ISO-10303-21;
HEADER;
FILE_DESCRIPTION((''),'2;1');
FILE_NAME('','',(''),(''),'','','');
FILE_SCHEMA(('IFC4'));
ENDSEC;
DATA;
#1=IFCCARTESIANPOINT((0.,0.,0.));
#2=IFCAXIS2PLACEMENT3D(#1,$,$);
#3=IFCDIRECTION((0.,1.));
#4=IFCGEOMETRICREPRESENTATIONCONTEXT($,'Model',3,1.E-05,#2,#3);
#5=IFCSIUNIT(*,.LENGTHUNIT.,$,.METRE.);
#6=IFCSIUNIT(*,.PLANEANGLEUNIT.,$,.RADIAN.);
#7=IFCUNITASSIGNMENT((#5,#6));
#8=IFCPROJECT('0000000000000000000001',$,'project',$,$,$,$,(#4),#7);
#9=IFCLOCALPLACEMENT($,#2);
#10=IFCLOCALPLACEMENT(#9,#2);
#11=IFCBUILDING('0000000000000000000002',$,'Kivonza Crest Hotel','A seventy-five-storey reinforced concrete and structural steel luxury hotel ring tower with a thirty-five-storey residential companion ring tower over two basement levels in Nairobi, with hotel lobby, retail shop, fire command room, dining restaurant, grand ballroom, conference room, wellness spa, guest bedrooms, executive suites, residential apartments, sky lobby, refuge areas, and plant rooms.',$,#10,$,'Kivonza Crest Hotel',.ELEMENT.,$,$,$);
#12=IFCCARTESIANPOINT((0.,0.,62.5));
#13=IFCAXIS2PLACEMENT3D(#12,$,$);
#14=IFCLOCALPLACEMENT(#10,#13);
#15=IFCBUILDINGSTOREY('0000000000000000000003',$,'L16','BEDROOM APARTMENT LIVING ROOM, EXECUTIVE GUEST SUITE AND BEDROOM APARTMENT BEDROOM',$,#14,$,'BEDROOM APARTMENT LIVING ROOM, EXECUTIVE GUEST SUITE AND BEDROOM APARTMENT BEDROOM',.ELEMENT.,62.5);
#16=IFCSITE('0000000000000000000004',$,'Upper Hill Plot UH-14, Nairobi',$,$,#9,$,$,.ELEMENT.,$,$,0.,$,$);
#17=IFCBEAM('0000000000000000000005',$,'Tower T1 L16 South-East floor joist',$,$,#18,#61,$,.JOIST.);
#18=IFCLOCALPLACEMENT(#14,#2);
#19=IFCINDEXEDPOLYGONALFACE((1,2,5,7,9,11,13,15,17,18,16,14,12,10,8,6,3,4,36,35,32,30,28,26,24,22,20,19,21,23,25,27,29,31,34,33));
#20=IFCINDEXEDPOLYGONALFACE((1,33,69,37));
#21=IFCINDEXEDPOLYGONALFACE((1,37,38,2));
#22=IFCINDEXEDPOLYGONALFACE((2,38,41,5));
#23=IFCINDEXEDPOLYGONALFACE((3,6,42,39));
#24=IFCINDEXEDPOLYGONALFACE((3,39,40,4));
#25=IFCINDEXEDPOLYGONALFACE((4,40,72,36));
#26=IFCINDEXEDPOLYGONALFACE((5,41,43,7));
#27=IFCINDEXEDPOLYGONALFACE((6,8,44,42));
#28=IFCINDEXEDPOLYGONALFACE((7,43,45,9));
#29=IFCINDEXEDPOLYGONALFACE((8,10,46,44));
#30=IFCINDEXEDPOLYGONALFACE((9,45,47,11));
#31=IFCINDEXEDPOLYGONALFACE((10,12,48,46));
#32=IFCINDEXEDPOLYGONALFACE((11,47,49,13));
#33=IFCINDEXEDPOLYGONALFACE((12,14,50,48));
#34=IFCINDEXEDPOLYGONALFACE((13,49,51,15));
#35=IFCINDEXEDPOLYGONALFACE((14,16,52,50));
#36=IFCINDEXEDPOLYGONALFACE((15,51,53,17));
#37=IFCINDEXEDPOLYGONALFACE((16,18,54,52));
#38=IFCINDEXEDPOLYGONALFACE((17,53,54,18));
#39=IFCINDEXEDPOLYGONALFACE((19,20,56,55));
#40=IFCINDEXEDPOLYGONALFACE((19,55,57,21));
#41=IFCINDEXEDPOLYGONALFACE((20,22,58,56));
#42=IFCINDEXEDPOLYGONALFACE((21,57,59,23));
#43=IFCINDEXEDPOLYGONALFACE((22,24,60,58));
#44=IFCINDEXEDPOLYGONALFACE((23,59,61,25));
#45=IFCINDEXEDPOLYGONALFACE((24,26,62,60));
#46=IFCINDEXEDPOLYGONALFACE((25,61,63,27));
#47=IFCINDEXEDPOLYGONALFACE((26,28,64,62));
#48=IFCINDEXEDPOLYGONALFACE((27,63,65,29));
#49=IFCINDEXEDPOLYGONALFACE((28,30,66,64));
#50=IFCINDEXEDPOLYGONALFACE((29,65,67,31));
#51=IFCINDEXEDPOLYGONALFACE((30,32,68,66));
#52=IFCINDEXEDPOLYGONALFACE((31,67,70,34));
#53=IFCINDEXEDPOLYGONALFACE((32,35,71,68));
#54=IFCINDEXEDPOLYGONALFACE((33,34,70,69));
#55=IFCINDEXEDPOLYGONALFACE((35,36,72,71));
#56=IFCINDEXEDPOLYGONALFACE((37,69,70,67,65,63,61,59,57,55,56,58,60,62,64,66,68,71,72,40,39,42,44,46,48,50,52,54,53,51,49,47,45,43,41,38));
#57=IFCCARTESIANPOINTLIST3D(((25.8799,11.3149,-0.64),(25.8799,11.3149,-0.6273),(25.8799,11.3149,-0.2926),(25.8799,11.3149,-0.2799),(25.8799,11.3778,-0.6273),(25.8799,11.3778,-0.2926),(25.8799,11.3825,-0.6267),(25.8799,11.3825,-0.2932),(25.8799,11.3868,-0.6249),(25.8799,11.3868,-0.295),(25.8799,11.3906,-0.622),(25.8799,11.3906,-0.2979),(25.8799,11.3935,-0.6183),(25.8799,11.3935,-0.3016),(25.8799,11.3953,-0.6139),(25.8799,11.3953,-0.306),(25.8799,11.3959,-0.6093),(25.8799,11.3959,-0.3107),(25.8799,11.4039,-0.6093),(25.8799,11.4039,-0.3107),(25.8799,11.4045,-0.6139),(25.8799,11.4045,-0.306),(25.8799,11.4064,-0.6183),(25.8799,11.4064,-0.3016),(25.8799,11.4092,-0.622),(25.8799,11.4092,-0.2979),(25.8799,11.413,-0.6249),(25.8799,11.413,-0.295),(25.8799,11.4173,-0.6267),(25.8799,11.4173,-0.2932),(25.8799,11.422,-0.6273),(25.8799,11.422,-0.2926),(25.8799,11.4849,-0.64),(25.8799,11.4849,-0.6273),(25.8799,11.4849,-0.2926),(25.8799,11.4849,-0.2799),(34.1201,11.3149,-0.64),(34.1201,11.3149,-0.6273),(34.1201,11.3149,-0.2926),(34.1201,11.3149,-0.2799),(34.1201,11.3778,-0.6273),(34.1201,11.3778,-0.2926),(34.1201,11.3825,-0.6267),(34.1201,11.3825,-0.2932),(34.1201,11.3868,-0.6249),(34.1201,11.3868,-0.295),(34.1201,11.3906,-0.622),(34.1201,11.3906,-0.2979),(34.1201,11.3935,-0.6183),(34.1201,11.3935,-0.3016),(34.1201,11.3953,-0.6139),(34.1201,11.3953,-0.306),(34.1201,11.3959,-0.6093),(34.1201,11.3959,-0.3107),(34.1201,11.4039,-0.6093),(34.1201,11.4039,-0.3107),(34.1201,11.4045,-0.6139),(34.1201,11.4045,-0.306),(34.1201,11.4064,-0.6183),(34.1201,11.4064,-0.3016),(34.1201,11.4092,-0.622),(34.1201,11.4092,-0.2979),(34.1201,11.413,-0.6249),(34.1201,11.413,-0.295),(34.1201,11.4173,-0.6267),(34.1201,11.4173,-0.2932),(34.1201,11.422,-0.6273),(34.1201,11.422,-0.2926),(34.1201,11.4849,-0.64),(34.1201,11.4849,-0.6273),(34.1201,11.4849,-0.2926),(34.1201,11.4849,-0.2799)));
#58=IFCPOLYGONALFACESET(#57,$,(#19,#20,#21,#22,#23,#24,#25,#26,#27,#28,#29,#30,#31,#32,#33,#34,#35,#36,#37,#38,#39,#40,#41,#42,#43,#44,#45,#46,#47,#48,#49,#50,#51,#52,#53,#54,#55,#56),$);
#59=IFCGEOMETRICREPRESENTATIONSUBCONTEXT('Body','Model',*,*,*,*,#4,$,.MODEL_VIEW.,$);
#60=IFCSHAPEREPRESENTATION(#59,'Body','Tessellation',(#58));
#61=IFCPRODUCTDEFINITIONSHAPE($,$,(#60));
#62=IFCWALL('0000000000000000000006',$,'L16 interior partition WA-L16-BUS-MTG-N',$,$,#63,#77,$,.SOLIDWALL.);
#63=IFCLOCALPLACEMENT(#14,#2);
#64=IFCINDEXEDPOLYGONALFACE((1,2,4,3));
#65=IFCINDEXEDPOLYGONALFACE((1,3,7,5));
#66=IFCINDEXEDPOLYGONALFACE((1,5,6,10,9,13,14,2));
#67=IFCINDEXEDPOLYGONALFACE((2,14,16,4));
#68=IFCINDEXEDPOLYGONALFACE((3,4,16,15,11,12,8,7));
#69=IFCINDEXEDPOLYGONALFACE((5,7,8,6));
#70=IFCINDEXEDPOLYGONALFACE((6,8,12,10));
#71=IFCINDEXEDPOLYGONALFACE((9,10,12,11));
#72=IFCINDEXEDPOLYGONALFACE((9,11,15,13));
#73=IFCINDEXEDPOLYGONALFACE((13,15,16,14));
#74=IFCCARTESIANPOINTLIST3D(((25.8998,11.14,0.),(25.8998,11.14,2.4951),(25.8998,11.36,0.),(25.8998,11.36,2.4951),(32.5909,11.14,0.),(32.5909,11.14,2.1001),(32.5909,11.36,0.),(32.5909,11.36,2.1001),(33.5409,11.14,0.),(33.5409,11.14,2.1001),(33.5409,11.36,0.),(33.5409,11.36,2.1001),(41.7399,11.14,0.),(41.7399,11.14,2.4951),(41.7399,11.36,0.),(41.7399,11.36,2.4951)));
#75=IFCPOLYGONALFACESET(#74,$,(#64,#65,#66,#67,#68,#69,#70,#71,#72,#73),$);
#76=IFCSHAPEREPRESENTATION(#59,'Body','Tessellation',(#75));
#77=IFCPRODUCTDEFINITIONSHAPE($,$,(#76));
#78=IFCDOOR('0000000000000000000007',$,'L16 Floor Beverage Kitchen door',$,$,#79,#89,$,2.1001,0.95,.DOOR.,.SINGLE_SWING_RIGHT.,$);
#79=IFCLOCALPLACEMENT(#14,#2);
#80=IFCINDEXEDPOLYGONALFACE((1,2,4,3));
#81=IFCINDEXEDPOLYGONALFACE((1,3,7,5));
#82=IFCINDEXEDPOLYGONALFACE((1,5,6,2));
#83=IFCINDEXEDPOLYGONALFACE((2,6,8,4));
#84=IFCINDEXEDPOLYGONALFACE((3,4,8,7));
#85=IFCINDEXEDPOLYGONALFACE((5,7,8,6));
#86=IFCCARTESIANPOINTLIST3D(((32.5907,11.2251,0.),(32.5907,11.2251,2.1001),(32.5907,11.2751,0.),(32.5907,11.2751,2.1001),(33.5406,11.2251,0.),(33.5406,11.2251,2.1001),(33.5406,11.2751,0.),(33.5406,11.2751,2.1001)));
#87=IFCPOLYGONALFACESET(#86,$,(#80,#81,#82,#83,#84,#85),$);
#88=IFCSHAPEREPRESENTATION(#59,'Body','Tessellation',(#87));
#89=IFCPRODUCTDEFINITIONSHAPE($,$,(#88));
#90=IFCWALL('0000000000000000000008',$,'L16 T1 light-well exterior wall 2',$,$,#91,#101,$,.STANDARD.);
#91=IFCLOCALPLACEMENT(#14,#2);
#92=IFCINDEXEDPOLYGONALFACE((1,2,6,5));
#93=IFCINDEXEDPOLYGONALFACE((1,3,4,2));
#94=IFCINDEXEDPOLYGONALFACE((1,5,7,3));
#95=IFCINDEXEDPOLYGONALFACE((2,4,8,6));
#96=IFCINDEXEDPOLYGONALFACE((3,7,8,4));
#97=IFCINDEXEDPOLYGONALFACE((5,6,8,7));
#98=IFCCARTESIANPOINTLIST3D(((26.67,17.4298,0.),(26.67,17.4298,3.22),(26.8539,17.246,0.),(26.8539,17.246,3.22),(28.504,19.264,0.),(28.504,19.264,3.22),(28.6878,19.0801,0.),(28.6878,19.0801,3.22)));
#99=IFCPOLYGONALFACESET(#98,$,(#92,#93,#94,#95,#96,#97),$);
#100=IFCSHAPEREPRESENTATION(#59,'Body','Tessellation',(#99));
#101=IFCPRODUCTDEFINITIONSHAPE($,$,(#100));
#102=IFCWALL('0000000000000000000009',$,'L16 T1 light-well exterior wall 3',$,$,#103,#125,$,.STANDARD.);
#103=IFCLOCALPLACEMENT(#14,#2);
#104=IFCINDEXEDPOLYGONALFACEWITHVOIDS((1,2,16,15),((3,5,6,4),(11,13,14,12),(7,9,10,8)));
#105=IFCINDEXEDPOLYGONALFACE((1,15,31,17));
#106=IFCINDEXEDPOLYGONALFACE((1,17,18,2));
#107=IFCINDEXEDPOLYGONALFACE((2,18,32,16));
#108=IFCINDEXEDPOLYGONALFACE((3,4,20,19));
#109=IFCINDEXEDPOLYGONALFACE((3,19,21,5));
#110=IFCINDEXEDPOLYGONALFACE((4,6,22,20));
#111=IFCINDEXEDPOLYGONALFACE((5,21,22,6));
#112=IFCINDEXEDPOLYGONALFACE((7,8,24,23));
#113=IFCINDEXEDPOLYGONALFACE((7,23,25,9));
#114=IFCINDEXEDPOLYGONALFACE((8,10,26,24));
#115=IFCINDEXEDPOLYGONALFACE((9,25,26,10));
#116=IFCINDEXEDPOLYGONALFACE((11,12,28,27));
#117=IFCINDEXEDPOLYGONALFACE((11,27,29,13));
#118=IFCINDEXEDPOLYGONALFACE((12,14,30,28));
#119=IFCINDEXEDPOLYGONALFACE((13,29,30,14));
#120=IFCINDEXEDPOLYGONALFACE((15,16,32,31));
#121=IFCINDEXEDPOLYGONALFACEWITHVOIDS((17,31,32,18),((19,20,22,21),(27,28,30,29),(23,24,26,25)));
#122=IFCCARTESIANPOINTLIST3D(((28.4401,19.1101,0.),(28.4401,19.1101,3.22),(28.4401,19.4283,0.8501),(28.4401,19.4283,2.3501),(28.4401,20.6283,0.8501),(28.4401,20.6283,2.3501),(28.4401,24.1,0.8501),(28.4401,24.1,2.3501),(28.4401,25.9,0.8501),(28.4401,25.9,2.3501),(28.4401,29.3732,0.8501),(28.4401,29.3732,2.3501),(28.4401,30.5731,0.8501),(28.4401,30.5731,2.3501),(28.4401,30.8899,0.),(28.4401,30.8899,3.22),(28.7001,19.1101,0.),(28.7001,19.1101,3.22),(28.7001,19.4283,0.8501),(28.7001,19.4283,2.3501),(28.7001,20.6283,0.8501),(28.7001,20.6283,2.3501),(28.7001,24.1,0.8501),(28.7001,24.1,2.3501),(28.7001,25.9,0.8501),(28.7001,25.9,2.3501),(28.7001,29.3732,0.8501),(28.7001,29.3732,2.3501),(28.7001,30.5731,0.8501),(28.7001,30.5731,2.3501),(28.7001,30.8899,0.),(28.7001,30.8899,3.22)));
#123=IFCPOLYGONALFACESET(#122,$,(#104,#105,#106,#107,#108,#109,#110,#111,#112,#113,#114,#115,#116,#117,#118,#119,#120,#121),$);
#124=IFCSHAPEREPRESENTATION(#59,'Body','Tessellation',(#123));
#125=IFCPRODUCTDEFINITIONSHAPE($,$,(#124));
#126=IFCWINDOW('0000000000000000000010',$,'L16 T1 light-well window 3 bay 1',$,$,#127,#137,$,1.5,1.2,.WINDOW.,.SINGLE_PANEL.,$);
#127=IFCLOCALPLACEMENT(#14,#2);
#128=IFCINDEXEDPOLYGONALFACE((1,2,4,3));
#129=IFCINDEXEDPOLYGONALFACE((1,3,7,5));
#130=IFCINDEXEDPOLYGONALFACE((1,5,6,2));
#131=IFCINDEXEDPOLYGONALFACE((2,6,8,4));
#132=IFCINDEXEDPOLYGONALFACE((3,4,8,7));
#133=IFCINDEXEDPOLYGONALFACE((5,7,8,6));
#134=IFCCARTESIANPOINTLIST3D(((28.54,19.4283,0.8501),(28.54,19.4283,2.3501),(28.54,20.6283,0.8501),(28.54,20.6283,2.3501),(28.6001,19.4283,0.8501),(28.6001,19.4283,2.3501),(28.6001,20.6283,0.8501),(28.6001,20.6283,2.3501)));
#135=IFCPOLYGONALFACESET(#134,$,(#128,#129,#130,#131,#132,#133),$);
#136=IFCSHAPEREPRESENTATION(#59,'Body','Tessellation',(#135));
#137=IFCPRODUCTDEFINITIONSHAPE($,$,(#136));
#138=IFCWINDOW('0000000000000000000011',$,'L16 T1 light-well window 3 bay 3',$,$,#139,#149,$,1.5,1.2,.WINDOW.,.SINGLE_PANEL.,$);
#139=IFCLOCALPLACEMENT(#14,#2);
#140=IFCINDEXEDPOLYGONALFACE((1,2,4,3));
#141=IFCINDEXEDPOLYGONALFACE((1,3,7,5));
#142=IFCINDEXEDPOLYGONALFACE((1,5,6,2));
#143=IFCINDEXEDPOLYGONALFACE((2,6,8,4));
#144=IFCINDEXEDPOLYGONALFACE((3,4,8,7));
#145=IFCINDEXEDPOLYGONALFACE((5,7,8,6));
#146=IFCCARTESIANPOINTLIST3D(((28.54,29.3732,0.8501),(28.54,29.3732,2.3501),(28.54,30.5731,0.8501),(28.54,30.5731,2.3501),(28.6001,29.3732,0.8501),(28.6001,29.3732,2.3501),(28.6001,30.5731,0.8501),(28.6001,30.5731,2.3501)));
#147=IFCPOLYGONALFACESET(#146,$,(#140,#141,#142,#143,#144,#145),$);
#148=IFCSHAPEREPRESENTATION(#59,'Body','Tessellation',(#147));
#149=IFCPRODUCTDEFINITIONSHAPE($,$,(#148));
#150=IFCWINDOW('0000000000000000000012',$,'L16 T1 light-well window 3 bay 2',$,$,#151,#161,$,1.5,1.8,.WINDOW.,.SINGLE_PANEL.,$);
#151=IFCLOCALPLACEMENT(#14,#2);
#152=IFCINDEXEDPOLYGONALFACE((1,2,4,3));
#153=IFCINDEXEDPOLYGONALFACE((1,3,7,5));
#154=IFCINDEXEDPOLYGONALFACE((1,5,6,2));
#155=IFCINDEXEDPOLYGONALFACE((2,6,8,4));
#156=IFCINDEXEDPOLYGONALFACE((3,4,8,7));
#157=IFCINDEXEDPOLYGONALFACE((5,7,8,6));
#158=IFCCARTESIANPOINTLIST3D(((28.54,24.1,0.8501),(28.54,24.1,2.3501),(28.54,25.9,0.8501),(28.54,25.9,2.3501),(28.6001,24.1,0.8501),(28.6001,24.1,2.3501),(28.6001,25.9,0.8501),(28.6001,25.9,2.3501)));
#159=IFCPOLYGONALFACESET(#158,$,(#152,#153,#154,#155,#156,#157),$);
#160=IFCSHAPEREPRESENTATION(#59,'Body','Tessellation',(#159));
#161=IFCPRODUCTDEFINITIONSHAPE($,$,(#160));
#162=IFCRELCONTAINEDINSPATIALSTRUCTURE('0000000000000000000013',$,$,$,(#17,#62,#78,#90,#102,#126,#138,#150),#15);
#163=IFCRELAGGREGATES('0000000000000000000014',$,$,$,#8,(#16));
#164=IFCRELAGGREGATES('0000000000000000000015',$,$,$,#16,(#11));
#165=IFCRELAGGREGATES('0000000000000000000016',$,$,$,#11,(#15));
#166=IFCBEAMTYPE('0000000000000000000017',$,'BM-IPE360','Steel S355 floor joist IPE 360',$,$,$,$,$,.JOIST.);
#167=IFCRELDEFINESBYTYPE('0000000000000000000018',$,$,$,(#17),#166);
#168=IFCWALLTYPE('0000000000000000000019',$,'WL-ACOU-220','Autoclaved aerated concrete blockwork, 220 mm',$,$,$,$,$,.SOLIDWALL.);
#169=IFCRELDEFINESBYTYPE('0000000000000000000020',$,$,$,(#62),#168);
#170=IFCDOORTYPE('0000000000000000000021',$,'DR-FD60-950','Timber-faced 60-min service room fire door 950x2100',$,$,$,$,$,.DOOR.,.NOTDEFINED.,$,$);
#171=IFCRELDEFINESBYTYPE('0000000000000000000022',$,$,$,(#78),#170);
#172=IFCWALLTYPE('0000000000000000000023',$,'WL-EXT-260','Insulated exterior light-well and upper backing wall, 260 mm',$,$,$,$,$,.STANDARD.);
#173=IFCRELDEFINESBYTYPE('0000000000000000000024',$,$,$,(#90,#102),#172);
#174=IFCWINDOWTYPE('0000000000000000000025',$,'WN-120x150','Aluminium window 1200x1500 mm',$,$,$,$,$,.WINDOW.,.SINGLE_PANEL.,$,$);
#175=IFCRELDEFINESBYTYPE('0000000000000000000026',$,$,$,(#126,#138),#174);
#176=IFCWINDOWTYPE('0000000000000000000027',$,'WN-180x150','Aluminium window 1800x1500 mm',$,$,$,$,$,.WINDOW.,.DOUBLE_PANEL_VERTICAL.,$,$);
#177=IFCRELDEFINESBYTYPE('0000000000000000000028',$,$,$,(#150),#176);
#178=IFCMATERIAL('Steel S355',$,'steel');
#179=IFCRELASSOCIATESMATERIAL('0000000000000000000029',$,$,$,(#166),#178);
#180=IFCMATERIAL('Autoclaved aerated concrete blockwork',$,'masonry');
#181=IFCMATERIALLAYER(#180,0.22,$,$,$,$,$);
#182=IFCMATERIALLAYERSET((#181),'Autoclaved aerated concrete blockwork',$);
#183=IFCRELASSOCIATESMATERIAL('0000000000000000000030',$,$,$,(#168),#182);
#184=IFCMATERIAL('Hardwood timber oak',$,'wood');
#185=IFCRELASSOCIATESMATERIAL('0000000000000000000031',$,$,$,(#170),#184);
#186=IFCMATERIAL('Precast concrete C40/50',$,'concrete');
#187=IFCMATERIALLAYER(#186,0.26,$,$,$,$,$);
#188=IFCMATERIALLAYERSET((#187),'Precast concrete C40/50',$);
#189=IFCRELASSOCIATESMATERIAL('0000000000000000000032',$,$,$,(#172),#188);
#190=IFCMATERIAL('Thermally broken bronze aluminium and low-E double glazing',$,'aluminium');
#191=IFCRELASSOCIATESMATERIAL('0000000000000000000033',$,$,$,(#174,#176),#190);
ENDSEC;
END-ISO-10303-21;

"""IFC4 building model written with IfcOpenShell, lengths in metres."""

from ifc_helpers import new_model, si_unit, direction, frame, frame_2d, origin, origin_2d, place, context, subcontext, project, spatial, rectangle, i_section, extrude, material, layer, layer_set, material_profile, profile_set, type_object, element, fill, save


model = new_model("IFC4")

# Units and contexts
model_context = context("Model", 3, precision=1e-05, world=origin(), true_north=direction((0.0, 1.0)))
body_context = subcontext(model_context, "Body", "Model", "MODEL_VIEW")
ifc_project = project(units=[si_unit("LENGTHUNIT", "METRE"), si_unit("PLANEANGLEUNIT", "RADIAN")], contexts=[model_context])

# Site, building, storey
site_placement = place(None, origin())
site = spatial("IfcSite", under=ifc_project, at=site_placement, Name="Upper Hill Plot UH-14, Nairobi", CompositionType="ELEMENT", RefElevation=0.0)
building_placement = place(site_placement, origin())
building = spatial("IfcBuilding", under=site, at=building_placement, Name="Kivonza Crest Hotel", Description="A seventy-five-storey reinforced concrete and structural steel luxury hotel ring tower with a thirty-five-storey residential companion ring tower over two basement levels in Nairobi, with hotel lobby, retail shop, fire command room, dining restaurant, grand ballroom, conference room, wellness spa, guest bedrooms, executive suites, residential apartments, sky lobby, refuge areas, and plant rooms.", LongName="Kivonza Crest Hotel", CompositionType="ELEMENT")
storey_placement = place(building_placement, frame((0.0, 0.0, 62.5)))
storey = spatial("IfcBuildingStorey", under=building, at=storey_placement, Name="L16", Description="BEDROOM APARTMENT LIVING ROOM, EXECUTIVE GUEST SUITE AND BEDROOM APARTMENT BEDROOM", LongName="BEDROOM APARTMENT LIVING ROOM, EXECUTIVE GUEST SUITE AND BEDROOM APARTMENT BEDROOM", CompositionType="ELEMENT", Elevation=62.5)

# Beam
ifc_material_1 = material(Name="Steel S355", Category="steel")
ifc_material_profile_1 = material_profile(ifc_material_1, i_section(OverallWidth=0.1699, OverallDepth=0.3601, WebThickness=0.0081, FlangeThickness=0.0127, FilletRadius=0.0181, at=origin_2d()), Name="IPE 360")
ifc_profile_set_1 = profile_set([ifc_material_profile_1], Name="Steel S355")
beam_type_1 = type_object("IfcBeamType", Name="BM-IPE360", Description="Steel S355 floor joist IPE 360", PredefinedType="JOIST", material=ifc_profile_set_1)
beam_1_placement = place(storey_placement, frame((25.8799, 11.3999, -0.46), z_axis=(1.0, 0.0, 0.0), x_axis=(0.0, 1.0, 0.0)))
element("IfcBeam", 1, at=beam_1_placement, inside=storey, type_object=beam_type_1, Name="Tower T1 L16 South-East floor joist", PredefinedType="JOIST", context=body_context, shape_type="SweptSolid", body=[
    extrude(i_section(OverallWidth=0.1699, OverallDepth=0.3601, WebThickness=0.0081, FlangeThickness=0.0127, FilletRadius=0.0181, at=origin_2d()), origin(), (0.0, 0.0, 1.0), 8.2402),
])

# Wall, opening, door
ifc_material_2 = material(Name="Autoclaved aerated concrete blockwork", Category="masonry")
ifc_layer_1 = layer(ifc_material_2, 0.22)
ifc_layer_set_1 = layer_set([ifc_layer_1], Name="Autoclaved aerated concrete blockwork")
wall_type_1 = type_object("IfcWallType", Name="WL-ACOU-220", Description="Autoclaved aerated concrete blockwork, 220 mm", PredefinedType="SOLIDWALL", material=ifc_layer_set_1)
wall_1_placement = place(storey_placement, frame((25.8999, 11.25, 0.0), z_axis=(0.0, 0.0, 1.0), x_axis=(1.0, 0.0, 0.0)))
wall_1 = element("IfcWall", 2, at=wall_1_placement, inside=storey, type_object=wall_type_1, Name="L16 interior partition WA-L16-BUS-MTG-N", PredefinedType="SOLIDWALL", context=body_context, shape_type="SweptSolid", body=[
    extrude(rectangle(XDim=15.8401, YDim=0.22, at=frame_2d((7.9199, 0.0))), origin(), (0.0, 0.0, 1.0), 2.4951),
])
opening_1_placement = place(wall_1_placement, frame((6.6909, 0.0, 0.0)))
opening_1 = element("IfcOpeningElement", 3, at=opening_1_placement, cuts=wall_1, PredefinedType="OPENING", context=body_context, shape_type="SweptSolid", body=[
    extrude(rectangle(XDim=0.95, YDim=2.1001, at=frame_2d((0.4751, 1.05))), frame((0.0, 0.1201, 0.0), z_axis=(0.0, -1.0, 0.0), x_axis=(1.0, 0.0, 0.0)), (0.0, 0.0, 1.0), 0.24),
])
ifc_material_3 = material(Name="Hardwood timber oak", Category="wood")
door_type_1 = type_object("IfcDoorType", Name="DR-FD60-950", Description="Timber-faced 60-min service room fire door 950x2100", OperationType="NOTDEFINED", PredefinedType="DOOR", material=ifc_material_3)
door_1_placement = place(opening_1_placement, frame((0.95, 0.0, 0.0), z_axis=(0.0, 0.0, 1.0), x_axis=(-1.0, 0.0, 0.0)))
door_1 = element("IfcDoor", 4, at=door_1_placement, inside=storey, type_object=door_type_1, Name="L16 Floor Beverage Kitchen door", OperationType="SINGLE_SWING_RIGHT", OverallHeight=2.1001, OverallWidth=0.95, PredefinedType="DOOR", context=body_context, shape_type="SweptSolid", body=[
    extrude(rectangle(XDim=0.95, YDim=2.1001, at=frame_2d((0.4751, 1.05))), frame((0.0, 0.0249, 0.0), z_axis=(0.0, -1.0, 0.0), x_axis=(1.0, 0.0, 0.0)), (0.0, 0.0, 1.0), 0.05),
])
fill(opening_1, door_1)

# Wall
ifc_material_4 = material(Name="Precast concrete C40/50", Category="concrete")
ifc_layer_2 = layer(ifc_material_4, 0.26)
ifc_layer_set_2 = layer_set([ifc_layer_2], Name="Precast concrete C40/50")
wall_type_2 = type_object("IfcWallType", Name="WL-EXT-260", Description="Insulated exterior light-well and upper backing wall, 260 mm", PredefinedType="STANDARD", material=ifc_layer_set_2)
wall_2_placement = place(storey_placement, frame((26.762, 17.3379, 0.0), z_axis=(0.0, 0.0, 1.0), x_axis=(0.70706, 0.707154, 0.0)))
element("IfcWall", 5, at=wall_2_placement, inside=storey, type_object=wall_type_2, Name="L16 T1 light-well exterior wall 2", PredefinedType="STANDARD", context=body_context, shape_type="SweptSolid", body=[
    extrude(rectangle(XDim=2.5938, YDim=0.26, at=frame_2d((1.2969, 0.0))), origin(), (0.0, 0.0, 1.0), 3.22),
])

# Wall, openings, windows
wall_3_placement = place(storey_placement, frame((28.5701, 19.1101, 0.0), z_axis=(0.0, 0.0, 1.0), x_axis=(0.0, 1.0, 0.0)))
wall_3 = element("IfcWall", 6, at=wall_3_placement, inside=storey, type_object=wall_type_2, Name="L16 T1 light-well exterior wall 3", PredefinedType="STANDARD", context=body_context, shape_type="SweptSolid", body=[
    extrude(rectangle(XDim=11.7798, YDim=0.26, at=frame_2d((5.8899, 0.0))), origin(), (0.0, 0.0, 1.0), 3.22),
])
opening_2_placement = place(wall_3_placement, frame((0.3181, 0.0, 0.8501)))
opening_2 = element("IfcOpeningElement", 7, at=opening_2_placement, cuts=wall_3, PredefinedType="OPENING", context=body_context, shape_type="SweptSolid", body=[
    extrude(rectangle(XDim=1.2, YDim=1.5, at=frame_2d((0.6001, 0.75))), frame((0.0, 0.1401, 0.0), z_axis=(0.0, -1.0, 0.0), x_axis=(1.0, 0.0, 0.0)), (0.0, 0.0, 1.0), 0.28),
])
opening_3_placement = place(wall_3_placement, frame((4.99, 0.0, 0.8501)))
opening_3 = element("IfcOpeningElement", 8, at=opening_3_placement, cuts=wall_3, PredefinedType="OPENING", context=body_context, shape_type="SweptSolid", body=[
    extrude(rectangle(XDim=1.8, YDim=1.5, at=frame_2d((0.8999, 0.75))), frame((0.0, 0.1401, 0.0), z_axis=(0.0, -1.0, 0.0), x_axis=(1.0, 0.0, 0.0)), (0.0, 0.0, 1.0), 0.28),
])
opening_4_placement = place(wall_3_placement, frame((10.2629, 0.0, 0.8501)))
opening_4 = element("IfcOpeningElement", 9, at=opening_4_placement, cuts=wall_3, PredefinedType="OPENING", context=body_context, shape_type="SweptSolid", body=[
    extrude(rectangle(XDim=1.2, YDim=1.5, at=frame_2d((0.6001, 0.75))), frame((0.0, 0.1401, 0.0), z_axis=(0.0, -1.0, 0.0), x_axis=(1.0, 0.0, 0.0)), (0.0, 0.0, 1.0), 0.28),
])
ifc_material_5 = material(Name="Thermally broken bronze aluminium and low-E double glazing", Category="aluminium")
window_type_1 = type_object("IfcWindowType", Name="WN-120x150", Description="Aluminium window 1200x1500 mm", PartitioningType="SINGLE_PANEL", PredefinedType="WINDOW", material=ifc_material_5)
window_1_placement = place(opening_2_placement, origin())
window_1 = element("IfcWindow", 10, at=window_1_placement, inside=storey, type_object=window_type_1, Name="L16 T1 light-well window 3 bay 1", OverallHeight=1.5, OverallWidth=1.2, PartitioningType="SINGLE_PANEL", PredefinedType="WINDOW", context=body_context, shape_type="SweptSolid", body=[
    extrude(rectangle(XDim=1.2, YDim=1.5, at=frame_2d((0.6001, 0.75))), frame((0.0, 0.03, 0.0), z_axis=(0.0, -1.0, 0.0), x_axis=(1.0, 0.0, 0.0)), (0.0, 0.0, 1.0), 0.0601),
])
fill(opening_2, window_1)
window_2_placement = place(opening_4_placement, origin())
window_2 = element("IfcWindow", 11, at=window_2_placement, inside=storey, type_object=window_type_1, Name="L16 T1 light-well window 3 bay 3", OverallHeight=1.5, OverallWidth=1.2, PartitioningType="SINGLE_PANEL", PredefinedType="WINDOW", context=body_context, shape_type="SweptSolid", body=[
    extrude(rectangle(XDim=1.2, YDim=1.5, at=frame_2d((0.6001, 0.75))), frame((0.0, 0.03, 0.0), z_axis=(0.0, -1.0, 0.0), x_axis=(1.0, 0.0, 0.0)), (0.0, 0.0, 1.0), 0.0601),
])
fill(opening_4, window_2)
window_type_2 = type_object("IfcWindowType", Name="WN-180x150", Description="Aluminium window 1800x1500 mm", PartitioningType="DOUBLE_PANEL_VERTICAL", PredefinedType="WINDOW", material=ifc_material_5)
window_3_placement = place(opening_3_placement, origin())
window_3 = element("IfcWindow", 12, at=window_3_placement, inside=storey, type_object=window_type_2, Name="L16 T1 light-well window 3 bay 2", OverallHeight=1.5, OverallWidth=1.8, PartitioningType="SINGLE_PANEL", PredefinedType="WINDOW", context=body_context, shape_type="SweptSolid", body=[
    extrude(rectangle(XDim=1.8, YDim=1.5, at=frame_2d((0.8999, 0.75))), frame((0.0, 0.03, 0.0), z_axis=(0.0, -1.0, 0.0), x_axis=(1.0, 0.0, 0.0)), (0.0, 0.0, 1.0), 0.0601),
])
fill(opening_3, window_3)

save(model, "model.ifc")
